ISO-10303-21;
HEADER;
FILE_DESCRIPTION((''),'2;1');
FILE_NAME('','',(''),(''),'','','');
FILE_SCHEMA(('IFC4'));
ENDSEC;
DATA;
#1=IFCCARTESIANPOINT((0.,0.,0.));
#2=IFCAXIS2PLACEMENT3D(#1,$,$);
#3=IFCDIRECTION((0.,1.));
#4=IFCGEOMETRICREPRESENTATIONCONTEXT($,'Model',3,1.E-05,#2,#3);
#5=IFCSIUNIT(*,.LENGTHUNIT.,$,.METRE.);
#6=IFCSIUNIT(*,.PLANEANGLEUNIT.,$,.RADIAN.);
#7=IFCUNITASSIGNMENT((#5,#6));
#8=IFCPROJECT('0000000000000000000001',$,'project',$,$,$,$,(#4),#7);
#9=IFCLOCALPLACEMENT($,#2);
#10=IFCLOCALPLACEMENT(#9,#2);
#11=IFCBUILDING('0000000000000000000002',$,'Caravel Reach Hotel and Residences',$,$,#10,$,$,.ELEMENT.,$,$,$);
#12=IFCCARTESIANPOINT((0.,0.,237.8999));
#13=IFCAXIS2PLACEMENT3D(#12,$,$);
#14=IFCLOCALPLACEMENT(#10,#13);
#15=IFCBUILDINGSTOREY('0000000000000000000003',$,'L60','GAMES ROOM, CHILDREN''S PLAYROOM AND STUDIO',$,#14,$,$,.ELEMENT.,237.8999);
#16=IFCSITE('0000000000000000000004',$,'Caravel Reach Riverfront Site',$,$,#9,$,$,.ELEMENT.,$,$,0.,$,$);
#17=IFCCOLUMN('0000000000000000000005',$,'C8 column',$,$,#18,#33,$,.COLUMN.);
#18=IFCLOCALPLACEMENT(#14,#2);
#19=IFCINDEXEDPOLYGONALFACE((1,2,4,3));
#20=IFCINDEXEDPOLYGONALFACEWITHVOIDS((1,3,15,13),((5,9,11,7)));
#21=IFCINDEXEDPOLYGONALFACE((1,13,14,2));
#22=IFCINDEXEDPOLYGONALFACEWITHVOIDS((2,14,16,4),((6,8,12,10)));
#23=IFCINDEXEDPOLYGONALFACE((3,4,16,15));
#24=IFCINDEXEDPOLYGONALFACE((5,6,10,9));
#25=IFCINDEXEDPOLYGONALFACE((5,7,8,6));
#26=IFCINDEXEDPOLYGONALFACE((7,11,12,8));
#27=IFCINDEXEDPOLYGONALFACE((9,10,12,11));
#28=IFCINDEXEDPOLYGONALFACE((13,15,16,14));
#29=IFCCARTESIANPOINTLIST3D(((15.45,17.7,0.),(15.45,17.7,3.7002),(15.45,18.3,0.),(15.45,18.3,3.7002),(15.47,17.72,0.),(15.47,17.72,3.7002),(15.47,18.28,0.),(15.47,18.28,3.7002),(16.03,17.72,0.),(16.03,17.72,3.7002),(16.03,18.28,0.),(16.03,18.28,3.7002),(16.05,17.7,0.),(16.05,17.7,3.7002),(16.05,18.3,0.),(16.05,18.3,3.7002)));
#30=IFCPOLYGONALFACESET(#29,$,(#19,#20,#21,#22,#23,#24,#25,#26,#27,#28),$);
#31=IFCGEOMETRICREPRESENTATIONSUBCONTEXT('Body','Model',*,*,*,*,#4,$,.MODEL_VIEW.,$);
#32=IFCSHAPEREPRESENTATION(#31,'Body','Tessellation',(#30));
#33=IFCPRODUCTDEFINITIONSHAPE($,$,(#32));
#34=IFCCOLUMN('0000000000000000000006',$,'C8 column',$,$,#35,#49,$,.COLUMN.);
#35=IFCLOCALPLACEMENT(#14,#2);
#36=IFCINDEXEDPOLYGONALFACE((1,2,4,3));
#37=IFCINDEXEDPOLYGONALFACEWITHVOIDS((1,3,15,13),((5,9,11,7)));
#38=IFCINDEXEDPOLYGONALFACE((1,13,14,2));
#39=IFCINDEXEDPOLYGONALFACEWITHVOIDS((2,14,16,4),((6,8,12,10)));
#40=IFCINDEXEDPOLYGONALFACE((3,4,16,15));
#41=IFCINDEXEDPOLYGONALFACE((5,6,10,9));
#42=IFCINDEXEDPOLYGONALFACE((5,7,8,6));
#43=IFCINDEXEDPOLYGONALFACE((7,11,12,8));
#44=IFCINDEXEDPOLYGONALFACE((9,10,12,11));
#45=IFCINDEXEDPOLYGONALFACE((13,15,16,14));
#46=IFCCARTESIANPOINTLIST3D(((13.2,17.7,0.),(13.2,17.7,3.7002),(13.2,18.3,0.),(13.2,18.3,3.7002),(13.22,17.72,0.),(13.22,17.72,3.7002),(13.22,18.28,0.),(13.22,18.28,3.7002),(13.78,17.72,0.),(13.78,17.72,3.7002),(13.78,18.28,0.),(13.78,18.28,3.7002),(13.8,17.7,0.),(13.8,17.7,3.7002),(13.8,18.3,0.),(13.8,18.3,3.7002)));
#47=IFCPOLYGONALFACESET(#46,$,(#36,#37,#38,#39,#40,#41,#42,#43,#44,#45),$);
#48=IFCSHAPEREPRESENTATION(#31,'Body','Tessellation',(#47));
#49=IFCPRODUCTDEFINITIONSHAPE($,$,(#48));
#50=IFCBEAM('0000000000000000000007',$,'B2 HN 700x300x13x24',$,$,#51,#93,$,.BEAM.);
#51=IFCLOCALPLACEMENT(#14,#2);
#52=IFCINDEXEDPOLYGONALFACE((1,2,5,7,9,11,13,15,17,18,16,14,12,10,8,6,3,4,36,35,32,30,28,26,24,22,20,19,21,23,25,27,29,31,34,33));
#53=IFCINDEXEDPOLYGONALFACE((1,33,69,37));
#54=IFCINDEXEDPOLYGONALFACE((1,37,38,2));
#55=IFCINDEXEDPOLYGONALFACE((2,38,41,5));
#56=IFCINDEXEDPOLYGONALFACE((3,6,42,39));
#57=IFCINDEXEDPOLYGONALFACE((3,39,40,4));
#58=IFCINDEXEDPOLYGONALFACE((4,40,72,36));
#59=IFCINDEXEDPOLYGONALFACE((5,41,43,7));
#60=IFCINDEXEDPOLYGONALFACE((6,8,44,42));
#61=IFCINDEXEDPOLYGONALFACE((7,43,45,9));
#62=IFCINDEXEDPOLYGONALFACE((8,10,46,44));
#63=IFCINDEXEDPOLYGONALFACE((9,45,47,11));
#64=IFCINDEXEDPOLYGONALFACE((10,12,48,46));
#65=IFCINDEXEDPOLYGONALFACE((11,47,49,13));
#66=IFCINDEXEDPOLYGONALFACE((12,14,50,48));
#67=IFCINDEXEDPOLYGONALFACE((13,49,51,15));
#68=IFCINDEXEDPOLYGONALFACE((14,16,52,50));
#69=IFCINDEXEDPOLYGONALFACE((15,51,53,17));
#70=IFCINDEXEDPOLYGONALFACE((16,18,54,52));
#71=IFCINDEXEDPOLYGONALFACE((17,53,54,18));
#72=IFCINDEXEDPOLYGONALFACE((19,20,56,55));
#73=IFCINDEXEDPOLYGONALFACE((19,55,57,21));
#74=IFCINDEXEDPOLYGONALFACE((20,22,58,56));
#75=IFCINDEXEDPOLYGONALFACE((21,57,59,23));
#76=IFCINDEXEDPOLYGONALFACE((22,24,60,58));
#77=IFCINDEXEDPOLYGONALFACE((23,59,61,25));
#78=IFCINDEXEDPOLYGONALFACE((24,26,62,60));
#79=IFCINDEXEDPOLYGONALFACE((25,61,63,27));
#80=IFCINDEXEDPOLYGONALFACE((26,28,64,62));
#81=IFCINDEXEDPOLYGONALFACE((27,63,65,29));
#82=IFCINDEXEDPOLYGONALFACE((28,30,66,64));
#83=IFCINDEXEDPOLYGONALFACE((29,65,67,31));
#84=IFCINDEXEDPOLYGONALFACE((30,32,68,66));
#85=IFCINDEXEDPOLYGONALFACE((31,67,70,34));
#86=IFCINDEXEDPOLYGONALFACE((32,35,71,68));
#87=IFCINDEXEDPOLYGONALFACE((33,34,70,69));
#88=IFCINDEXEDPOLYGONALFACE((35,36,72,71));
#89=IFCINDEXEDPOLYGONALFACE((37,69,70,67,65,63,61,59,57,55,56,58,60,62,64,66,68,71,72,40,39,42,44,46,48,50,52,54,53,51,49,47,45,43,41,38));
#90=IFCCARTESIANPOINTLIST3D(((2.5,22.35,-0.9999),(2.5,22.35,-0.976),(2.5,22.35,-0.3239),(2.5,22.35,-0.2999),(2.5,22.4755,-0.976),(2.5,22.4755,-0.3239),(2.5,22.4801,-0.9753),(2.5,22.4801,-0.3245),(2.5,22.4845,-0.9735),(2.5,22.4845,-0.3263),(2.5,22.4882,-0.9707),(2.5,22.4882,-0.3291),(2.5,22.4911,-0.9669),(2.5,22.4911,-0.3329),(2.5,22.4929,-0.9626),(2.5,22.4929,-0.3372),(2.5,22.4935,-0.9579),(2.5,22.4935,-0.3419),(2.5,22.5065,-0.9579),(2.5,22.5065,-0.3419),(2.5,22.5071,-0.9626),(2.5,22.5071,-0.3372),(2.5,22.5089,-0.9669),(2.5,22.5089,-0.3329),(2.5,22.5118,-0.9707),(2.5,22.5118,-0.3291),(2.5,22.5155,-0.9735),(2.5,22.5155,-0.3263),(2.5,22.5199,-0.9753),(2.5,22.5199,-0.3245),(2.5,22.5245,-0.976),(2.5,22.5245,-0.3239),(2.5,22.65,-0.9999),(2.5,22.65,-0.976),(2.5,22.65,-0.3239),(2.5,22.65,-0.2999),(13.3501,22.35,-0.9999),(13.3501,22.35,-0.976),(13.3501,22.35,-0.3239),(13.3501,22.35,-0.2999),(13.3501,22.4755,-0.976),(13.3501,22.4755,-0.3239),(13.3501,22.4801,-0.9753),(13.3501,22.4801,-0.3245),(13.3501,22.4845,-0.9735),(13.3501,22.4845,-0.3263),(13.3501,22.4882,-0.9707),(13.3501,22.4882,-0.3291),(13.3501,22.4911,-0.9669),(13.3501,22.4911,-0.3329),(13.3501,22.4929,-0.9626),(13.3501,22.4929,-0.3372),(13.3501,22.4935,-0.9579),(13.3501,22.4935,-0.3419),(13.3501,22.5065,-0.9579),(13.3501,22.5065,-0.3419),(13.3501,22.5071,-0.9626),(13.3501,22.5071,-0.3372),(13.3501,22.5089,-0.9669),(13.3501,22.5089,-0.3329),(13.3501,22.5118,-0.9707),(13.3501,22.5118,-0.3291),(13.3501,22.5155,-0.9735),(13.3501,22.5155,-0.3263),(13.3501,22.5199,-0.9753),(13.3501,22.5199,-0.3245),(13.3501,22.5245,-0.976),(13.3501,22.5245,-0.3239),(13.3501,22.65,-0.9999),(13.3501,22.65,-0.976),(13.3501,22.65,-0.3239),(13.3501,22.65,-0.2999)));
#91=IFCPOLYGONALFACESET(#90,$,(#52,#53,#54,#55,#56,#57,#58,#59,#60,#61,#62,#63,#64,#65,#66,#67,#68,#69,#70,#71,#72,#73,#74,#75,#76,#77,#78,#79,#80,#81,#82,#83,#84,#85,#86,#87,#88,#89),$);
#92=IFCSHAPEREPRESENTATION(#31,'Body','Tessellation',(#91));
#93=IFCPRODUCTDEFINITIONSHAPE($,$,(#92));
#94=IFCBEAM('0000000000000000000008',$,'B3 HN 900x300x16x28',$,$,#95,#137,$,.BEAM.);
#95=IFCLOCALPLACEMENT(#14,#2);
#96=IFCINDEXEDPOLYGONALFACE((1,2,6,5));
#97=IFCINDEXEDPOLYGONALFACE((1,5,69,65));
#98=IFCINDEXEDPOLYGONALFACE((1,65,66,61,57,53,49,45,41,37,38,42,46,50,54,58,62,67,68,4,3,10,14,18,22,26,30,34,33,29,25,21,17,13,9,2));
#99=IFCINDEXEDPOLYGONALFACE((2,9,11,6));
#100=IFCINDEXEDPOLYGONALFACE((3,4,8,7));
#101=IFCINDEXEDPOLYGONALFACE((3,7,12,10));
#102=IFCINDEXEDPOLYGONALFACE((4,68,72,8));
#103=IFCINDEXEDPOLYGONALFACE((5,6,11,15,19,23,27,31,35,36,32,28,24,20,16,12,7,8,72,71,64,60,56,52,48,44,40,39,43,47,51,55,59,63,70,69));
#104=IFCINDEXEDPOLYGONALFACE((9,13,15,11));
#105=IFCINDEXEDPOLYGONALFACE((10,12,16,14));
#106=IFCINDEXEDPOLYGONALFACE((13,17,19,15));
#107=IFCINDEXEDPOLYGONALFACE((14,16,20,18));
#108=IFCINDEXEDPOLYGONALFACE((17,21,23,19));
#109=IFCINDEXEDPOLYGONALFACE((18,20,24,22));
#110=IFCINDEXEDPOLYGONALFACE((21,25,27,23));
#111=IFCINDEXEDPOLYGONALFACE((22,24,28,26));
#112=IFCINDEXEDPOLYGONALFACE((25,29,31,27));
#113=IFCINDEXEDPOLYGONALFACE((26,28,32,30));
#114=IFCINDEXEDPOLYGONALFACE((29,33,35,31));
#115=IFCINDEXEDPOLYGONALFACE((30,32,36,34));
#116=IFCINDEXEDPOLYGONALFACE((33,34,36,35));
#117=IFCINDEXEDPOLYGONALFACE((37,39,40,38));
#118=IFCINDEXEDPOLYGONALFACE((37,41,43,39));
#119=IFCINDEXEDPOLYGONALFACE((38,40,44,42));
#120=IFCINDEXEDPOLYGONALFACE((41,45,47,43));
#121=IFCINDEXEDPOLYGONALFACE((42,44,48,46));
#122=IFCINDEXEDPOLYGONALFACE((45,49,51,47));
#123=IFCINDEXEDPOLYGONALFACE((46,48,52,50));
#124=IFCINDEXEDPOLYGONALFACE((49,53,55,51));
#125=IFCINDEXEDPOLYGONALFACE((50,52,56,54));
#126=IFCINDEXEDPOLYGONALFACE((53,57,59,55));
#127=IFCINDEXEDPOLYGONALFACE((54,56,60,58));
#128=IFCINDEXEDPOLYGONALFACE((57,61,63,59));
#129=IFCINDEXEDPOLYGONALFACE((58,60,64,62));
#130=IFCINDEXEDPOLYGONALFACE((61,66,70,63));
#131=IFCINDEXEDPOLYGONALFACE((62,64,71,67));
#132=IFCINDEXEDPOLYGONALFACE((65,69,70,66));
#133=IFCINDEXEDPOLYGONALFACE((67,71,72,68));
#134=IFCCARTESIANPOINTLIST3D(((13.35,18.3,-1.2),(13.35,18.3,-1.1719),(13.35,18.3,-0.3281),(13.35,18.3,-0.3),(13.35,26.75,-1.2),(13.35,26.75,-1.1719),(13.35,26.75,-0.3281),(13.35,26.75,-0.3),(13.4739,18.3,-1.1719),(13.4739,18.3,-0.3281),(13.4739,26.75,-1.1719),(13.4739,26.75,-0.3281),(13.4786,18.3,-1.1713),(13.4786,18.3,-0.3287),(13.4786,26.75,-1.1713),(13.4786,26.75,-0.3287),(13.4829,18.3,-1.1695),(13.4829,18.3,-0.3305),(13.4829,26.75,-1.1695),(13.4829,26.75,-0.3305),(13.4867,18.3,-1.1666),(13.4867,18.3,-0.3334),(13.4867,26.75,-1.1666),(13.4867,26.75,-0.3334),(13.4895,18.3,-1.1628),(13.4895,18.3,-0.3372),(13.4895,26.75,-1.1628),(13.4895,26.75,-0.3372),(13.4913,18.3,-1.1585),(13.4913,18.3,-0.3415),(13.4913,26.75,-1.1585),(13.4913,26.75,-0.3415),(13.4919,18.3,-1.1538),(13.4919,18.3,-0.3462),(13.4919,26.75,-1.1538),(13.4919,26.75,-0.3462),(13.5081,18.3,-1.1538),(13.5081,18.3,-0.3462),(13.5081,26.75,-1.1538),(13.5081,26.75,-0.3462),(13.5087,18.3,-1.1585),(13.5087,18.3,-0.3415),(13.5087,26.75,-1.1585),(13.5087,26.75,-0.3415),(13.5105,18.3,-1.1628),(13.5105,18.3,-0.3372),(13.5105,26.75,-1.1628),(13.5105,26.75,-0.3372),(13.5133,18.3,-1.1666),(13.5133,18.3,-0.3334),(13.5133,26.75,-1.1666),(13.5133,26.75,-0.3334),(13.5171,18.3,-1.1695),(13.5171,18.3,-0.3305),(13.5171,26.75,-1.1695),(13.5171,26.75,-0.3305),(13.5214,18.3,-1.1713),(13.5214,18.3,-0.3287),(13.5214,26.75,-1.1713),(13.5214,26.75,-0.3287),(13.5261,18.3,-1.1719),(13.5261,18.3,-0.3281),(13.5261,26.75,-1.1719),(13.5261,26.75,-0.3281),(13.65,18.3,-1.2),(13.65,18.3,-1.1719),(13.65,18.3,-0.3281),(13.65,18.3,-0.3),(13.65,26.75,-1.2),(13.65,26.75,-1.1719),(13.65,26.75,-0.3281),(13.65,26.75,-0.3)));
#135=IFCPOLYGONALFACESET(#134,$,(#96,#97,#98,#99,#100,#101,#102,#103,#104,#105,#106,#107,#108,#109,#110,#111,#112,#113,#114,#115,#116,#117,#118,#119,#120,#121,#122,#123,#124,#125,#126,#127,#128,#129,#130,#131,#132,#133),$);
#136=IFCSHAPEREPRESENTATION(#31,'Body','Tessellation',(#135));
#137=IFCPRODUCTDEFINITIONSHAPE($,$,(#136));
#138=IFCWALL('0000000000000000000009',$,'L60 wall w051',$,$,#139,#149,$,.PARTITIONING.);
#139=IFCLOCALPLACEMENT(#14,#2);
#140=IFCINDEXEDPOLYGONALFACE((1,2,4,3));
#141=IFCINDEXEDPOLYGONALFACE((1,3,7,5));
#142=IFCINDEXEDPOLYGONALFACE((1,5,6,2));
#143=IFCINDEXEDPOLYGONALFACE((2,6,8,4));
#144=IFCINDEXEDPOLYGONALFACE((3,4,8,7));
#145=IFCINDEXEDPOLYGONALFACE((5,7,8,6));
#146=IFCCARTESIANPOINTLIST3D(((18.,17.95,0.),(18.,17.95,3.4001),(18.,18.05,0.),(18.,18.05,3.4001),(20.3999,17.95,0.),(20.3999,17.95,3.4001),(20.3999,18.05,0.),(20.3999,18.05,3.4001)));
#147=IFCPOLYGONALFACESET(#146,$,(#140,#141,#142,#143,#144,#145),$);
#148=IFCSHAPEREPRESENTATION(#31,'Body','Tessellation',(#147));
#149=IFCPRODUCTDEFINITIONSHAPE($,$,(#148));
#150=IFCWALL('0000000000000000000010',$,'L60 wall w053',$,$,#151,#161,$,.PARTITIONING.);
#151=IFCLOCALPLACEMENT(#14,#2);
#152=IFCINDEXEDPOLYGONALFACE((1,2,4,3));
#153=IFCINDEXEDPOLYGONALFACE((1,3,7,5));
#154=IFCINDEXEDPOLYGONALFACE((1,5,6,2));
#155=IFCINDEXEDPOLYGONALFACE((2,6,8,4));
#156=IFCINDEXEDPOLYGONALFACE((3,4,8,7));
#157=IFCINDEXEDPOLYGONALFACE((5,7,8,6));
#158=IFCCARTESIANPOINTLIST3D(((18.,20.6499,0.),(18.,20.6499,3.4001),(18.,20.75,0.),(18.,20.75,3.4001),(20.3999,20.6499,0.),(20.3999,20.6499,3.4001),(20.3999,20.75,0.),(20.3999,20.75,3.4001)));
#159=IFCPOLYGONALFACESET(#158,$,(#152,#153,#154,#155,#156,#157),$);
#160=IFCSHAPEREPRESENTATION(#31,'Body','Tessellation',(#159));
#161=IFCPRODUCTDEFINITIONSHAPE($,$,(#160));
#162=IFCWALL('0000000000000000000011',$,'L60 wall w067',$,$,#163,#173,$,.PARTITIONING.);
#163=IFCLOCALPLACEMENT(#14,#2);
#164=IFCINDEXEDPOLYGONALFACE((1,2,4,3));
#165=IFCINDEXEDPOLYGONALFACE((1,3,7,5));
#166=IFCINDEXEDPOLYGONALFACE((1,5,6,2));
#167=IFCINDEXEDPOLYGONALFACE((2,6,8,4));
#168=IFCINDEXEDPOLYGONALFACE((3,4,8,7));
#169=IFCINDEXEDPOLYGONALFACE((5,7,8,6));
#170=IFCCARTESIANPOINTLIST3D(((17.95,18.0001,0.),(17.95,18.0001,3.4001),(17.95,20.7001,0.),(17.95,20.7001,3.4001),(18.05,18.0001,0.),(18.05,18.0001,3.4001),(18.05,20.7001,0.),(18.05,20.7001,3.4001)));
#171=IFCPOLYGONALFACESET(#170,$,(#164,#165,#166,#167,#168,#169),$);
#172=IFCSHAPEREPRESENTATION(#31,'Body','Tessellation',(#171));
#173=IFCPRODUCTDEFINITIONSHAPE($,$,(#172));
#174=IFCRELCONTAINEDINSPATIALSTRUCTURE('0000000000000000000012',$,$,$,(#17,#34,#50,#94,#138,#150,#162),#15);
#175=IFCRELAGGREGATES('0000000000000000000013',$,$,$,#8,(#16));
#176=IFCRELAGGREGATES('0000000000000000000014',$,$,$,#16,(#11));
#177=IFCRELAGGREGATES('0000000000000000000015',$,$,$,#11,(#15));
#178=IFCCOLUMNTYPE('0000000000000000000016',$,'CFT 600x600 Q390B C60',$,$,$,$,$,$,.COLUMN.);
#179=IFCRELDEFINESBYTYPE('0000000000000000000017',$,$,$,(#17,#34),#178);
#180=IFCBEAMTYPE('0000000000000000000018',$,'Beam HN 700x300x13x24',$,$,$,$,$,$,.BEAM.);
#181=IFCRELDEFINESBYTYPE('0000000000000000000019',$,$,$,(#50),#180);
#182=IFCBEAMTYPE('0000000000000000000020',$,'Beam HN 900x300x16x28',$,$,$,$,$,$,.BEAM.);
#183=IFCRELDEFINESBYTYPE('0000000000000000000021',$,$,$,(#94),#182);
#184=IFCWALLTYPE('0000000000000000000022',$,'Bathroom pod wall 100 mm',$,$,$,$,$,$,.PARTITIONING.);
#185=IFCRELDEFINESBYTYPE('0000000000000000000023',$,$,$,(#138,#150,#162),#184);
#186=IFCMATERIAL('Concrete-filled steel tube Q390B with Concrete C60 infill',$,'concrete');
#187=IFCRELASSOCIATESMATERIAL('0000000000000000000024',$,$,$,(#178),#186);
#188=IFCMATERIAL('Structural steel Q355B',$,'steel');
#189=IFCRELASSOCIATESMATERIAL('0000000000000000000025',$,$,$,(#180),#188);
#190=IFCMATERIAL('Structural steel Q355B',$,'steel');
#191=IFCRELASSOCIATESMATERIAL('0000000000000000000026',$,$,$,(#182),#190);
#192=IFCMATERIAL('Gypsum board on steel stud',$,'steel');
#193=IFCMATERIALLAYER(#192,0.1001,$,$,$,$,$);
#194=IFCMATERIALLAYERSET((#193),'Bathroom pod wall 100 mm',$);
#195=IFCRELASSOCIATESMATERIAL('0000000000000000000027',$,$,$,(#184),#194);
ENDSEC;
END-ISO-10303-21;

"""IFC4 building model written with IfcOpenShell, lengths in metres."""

from ifc_helpers import new_model, si_unit, direction, frame, frame_2d, origin, origin_2d, place, context, subcontext, project, spatial, rectangle, hollow_rectangle, i_section, extrude, material, layer, layer_set, material_profile, profile_set, type_object, element, save


model = new_model("IFC4")

# Units and contexts
model_context = context("Model", 3, precision=1e-05, world=origin(), true_north=direction((0.0, 1.0)))
body_context = subcontext(model_context, "Body", "Model", "MODEL_VIEW")
ifc_project = project(units=[si_unit("LENGTHUNIT", "METRE"), si_unit("PLANEANGLEUNIT", "RADIAN")], contexts=[model_context])

# Site, building, storey
site_placement = place(None, origin())
site = spatial("IfcSite", under=ifc_project, at=site_placement, Name="Caravel Reach Riverfront Site", CompositionType="ELEMENT", RefElevation=0.0)
building_placement = place(site_placement, origin())
building = spatial("IfcBuilding", under=site, at=building_placement, Name="Caravel Reach Hotel and Residences", CompositionType="ELEMENT")
storey_placement = place(building_placement, frame((0.0, 0.0, 237.8999)))
storey = spatial("IfcBuildingStorey", under=building, at=storey_placement, Name="L60", Description="GAMES ROOM, CHILDREN'S PLAYROOM AND STUDIO", CompositionType="ELEMENT", Elevation=237.8999)

# Columns
ifc_material_1 = material(Name="Concrete-filled steel tube Q390B with Concrete C60 infill", Category="concrete")
ifc_material_profile_1 = material_profile(ifc_material_1, hollow_rectangle(XDim=0.6001, YDim=0.6001, WallThickness=0.02, at=origin_2d()), Name="RHS 600x600x20")
ifc_profile_set_1 = profile_set([ifc_material_profile_1], Name="Concrete-filled steel tube Q390B with Concrete C60 infill")
column_type = type_object("IfcColumnType", Name="CFT 600x600 Q390B C60", PredefinedType="COLUMN", material=ifc_profile_set_1)
for number, where, z_axis, x_axis, name in (
    (1, (15.75, 18.0, 0.0), (0.0, 0.0, 1.0), (1.0, 0.0, 0.0), "C8 column"),
    (2, (13.5, 18.0, 0.0), (0.0, 0.0, 1.0), (1.0, 0.0, 0.0), "C8 column"),
):
    element("IfcColumn", number, at=place(storey_placement, frame(where, z_axis=z_axis, x_axis=x_axis)), inside=storey, type_object=column_type, Name=name, PredefinedType="COLUMN", context=body_context, shape_type="SweptSolid", body=[
        extrude(hollow_rectangle(XDim=0.6001, YDim=0.6001, WallThickness=0.02, at=origin_2d()), origin(), (0.0, 0.0, 1.0), 3.7002),
    ])

# Beams
ifc_material_2 = material(Name="Structural steel Q355B", Category="steel")
ifc_material_profile_2 = material_profile(ifc_material_2, i_section(OverallWidth=0.3, OverallDepth=0.7, WebThickness=0.0129, FlangeThickness=0.0239, FilletRadius=0.0181, at=origin_2d()), Name="HN 700x300x13x24")
ifc_profile_set_2 = profile_set([ifc_material_profile_2], Name="Structural steel Q355B")
beam_type_1 = type_object("IfcBeamType", Name="Beam HN 700x300x13x24", PredefinedType="BEAM", material=ifc_profile_set_2)
beam_1_placement = place(storey_placement, frame((13.3501, 22.5, -0.6499), z_axis=(-1.0, 0.0, 0.0), x_axis=(0.0, -1.0, 0.0)))
element("IfcBeam", 3, at=beam_1_placement, inside=storey, type_object=beam_type_1, Name="B2 HN 700x300x13x24", PredefinedType="BEAM", context=body_context, shape_type="SweptSolid", body=[
    extrude(i_section(OverallWidth=0.3, OverallDepth=0.7, WebThickness=0.0129, FlangeThickness=0.0239, FilletRadius=0.0181, at=origin_2d()), origin(), (0.0, 0.0, 1.0), 10.8501),
])
ifc_material_3 = material(Name="Structural steel Q355B", Category="steel")
ifc_material_profile_3 = material_profile(ifc_material_3, i_section(OverallWidth=0.3, OverallDepth=0.8999, WebThickness=0.0161, FlangeThickness=0.0281, FilletRadius=0.0181, at=origin_2d()), Name="HN 900x300x16x28")
ifc_profile_set_3 = profile_set([ifc_material_profile_3], Name="Structural steel Q355B")
beam_type_2 = type_object("IfcBeamType", Name="Beam HN 900x300x16x28", PredefinedType="BEAM", material=ifc_profile_set_3)
beam_2_placement = place(storey_placement, frame((13.5, 18.3, -0.75), z_axis=(0.0, 1.0, 0.0), x_axis=(-1.0, 0.0, 0.0)))
element("IfcBeam", 4, at=beam_2_placement, inside=storey, type_object=beam_type_2, Name="B3 HN 900x300x16x28", PredefinedType="BEAM", context=body_context, shape_type="SweptSolid", body=[
    extrude(i_section(OverallWidth=0.3, OverallDepth=0.8999, WebThickness=0.0161, FlangeThickness=0.0281, FilletRadius=0.0181, at=origin_2d()), origin(), (0.0, 0.0, 1.0), 8.45),
])

# Walls
ifc_material_4 = material(Name="Gypsum board on steel stud", Category="steel")
ifc_layer_1 = layer(ifc_material_4, 0.1001)
ifc_layer_set_1 = layer_set([ifc_layer_1], Name="Bathroom pod wall 100 mm")
wall_type_1 = type_object("IfcWallType", Name="Bathroom pod wall 100 mm", PredefinedType="PARTITIONING", material=ifc_layer_set_1)
for number, where, z_axis, x_axis, name in (
    (5, (18.0, 18.0, 0.0), (0.0, 0.0, 1.0), (1.0, 0.0, 0.0), "L60 wall w051"),
    (6, (18.0, 20.7, 0.0), (0.0, 0.0, 1.0), (1.0, 0.0, 0.0), "L60 wall w053"),
):
    element("IfcWall", number, at=place(storey_placement, frame(where, z_axis=z_axis, x_axis=x_axis)), inside=storey, type_object=wall_type_1, Name=name, PredefinedType="PARTITIONING", context=body_context, shape_type="SweptSolid", body=[
        extrude(rectangle(XDim=2.3999, YDim=0.1001, at=frame_2d((1.2, 0.0))), origin(), (0.0, 0.0, 1.0), 3.4001),
    ])
wall_1_placement = place(storey_placement, frame((18.0, 18.0, 0.0), z_axis=(0.0, 0.0, 1.0), x_axis=(0.0, 1.0, 0.0)))
element("IfcWall", 7, at=wall_1_placement, inside=storey, type_object=wall_type_1, Name="L60 wall w067", PredefinedType="PARTITIONING", context=body_context, shape_type="SweptSolid", body=[
    extrude(rectangle(XDim=2.7, YDim=0.1001, at=frame_2d((1.3501, 0.0))), origin(), (0.0, 0.0, 1.0), 3.4001),
])

save(model, "model.ifc")
